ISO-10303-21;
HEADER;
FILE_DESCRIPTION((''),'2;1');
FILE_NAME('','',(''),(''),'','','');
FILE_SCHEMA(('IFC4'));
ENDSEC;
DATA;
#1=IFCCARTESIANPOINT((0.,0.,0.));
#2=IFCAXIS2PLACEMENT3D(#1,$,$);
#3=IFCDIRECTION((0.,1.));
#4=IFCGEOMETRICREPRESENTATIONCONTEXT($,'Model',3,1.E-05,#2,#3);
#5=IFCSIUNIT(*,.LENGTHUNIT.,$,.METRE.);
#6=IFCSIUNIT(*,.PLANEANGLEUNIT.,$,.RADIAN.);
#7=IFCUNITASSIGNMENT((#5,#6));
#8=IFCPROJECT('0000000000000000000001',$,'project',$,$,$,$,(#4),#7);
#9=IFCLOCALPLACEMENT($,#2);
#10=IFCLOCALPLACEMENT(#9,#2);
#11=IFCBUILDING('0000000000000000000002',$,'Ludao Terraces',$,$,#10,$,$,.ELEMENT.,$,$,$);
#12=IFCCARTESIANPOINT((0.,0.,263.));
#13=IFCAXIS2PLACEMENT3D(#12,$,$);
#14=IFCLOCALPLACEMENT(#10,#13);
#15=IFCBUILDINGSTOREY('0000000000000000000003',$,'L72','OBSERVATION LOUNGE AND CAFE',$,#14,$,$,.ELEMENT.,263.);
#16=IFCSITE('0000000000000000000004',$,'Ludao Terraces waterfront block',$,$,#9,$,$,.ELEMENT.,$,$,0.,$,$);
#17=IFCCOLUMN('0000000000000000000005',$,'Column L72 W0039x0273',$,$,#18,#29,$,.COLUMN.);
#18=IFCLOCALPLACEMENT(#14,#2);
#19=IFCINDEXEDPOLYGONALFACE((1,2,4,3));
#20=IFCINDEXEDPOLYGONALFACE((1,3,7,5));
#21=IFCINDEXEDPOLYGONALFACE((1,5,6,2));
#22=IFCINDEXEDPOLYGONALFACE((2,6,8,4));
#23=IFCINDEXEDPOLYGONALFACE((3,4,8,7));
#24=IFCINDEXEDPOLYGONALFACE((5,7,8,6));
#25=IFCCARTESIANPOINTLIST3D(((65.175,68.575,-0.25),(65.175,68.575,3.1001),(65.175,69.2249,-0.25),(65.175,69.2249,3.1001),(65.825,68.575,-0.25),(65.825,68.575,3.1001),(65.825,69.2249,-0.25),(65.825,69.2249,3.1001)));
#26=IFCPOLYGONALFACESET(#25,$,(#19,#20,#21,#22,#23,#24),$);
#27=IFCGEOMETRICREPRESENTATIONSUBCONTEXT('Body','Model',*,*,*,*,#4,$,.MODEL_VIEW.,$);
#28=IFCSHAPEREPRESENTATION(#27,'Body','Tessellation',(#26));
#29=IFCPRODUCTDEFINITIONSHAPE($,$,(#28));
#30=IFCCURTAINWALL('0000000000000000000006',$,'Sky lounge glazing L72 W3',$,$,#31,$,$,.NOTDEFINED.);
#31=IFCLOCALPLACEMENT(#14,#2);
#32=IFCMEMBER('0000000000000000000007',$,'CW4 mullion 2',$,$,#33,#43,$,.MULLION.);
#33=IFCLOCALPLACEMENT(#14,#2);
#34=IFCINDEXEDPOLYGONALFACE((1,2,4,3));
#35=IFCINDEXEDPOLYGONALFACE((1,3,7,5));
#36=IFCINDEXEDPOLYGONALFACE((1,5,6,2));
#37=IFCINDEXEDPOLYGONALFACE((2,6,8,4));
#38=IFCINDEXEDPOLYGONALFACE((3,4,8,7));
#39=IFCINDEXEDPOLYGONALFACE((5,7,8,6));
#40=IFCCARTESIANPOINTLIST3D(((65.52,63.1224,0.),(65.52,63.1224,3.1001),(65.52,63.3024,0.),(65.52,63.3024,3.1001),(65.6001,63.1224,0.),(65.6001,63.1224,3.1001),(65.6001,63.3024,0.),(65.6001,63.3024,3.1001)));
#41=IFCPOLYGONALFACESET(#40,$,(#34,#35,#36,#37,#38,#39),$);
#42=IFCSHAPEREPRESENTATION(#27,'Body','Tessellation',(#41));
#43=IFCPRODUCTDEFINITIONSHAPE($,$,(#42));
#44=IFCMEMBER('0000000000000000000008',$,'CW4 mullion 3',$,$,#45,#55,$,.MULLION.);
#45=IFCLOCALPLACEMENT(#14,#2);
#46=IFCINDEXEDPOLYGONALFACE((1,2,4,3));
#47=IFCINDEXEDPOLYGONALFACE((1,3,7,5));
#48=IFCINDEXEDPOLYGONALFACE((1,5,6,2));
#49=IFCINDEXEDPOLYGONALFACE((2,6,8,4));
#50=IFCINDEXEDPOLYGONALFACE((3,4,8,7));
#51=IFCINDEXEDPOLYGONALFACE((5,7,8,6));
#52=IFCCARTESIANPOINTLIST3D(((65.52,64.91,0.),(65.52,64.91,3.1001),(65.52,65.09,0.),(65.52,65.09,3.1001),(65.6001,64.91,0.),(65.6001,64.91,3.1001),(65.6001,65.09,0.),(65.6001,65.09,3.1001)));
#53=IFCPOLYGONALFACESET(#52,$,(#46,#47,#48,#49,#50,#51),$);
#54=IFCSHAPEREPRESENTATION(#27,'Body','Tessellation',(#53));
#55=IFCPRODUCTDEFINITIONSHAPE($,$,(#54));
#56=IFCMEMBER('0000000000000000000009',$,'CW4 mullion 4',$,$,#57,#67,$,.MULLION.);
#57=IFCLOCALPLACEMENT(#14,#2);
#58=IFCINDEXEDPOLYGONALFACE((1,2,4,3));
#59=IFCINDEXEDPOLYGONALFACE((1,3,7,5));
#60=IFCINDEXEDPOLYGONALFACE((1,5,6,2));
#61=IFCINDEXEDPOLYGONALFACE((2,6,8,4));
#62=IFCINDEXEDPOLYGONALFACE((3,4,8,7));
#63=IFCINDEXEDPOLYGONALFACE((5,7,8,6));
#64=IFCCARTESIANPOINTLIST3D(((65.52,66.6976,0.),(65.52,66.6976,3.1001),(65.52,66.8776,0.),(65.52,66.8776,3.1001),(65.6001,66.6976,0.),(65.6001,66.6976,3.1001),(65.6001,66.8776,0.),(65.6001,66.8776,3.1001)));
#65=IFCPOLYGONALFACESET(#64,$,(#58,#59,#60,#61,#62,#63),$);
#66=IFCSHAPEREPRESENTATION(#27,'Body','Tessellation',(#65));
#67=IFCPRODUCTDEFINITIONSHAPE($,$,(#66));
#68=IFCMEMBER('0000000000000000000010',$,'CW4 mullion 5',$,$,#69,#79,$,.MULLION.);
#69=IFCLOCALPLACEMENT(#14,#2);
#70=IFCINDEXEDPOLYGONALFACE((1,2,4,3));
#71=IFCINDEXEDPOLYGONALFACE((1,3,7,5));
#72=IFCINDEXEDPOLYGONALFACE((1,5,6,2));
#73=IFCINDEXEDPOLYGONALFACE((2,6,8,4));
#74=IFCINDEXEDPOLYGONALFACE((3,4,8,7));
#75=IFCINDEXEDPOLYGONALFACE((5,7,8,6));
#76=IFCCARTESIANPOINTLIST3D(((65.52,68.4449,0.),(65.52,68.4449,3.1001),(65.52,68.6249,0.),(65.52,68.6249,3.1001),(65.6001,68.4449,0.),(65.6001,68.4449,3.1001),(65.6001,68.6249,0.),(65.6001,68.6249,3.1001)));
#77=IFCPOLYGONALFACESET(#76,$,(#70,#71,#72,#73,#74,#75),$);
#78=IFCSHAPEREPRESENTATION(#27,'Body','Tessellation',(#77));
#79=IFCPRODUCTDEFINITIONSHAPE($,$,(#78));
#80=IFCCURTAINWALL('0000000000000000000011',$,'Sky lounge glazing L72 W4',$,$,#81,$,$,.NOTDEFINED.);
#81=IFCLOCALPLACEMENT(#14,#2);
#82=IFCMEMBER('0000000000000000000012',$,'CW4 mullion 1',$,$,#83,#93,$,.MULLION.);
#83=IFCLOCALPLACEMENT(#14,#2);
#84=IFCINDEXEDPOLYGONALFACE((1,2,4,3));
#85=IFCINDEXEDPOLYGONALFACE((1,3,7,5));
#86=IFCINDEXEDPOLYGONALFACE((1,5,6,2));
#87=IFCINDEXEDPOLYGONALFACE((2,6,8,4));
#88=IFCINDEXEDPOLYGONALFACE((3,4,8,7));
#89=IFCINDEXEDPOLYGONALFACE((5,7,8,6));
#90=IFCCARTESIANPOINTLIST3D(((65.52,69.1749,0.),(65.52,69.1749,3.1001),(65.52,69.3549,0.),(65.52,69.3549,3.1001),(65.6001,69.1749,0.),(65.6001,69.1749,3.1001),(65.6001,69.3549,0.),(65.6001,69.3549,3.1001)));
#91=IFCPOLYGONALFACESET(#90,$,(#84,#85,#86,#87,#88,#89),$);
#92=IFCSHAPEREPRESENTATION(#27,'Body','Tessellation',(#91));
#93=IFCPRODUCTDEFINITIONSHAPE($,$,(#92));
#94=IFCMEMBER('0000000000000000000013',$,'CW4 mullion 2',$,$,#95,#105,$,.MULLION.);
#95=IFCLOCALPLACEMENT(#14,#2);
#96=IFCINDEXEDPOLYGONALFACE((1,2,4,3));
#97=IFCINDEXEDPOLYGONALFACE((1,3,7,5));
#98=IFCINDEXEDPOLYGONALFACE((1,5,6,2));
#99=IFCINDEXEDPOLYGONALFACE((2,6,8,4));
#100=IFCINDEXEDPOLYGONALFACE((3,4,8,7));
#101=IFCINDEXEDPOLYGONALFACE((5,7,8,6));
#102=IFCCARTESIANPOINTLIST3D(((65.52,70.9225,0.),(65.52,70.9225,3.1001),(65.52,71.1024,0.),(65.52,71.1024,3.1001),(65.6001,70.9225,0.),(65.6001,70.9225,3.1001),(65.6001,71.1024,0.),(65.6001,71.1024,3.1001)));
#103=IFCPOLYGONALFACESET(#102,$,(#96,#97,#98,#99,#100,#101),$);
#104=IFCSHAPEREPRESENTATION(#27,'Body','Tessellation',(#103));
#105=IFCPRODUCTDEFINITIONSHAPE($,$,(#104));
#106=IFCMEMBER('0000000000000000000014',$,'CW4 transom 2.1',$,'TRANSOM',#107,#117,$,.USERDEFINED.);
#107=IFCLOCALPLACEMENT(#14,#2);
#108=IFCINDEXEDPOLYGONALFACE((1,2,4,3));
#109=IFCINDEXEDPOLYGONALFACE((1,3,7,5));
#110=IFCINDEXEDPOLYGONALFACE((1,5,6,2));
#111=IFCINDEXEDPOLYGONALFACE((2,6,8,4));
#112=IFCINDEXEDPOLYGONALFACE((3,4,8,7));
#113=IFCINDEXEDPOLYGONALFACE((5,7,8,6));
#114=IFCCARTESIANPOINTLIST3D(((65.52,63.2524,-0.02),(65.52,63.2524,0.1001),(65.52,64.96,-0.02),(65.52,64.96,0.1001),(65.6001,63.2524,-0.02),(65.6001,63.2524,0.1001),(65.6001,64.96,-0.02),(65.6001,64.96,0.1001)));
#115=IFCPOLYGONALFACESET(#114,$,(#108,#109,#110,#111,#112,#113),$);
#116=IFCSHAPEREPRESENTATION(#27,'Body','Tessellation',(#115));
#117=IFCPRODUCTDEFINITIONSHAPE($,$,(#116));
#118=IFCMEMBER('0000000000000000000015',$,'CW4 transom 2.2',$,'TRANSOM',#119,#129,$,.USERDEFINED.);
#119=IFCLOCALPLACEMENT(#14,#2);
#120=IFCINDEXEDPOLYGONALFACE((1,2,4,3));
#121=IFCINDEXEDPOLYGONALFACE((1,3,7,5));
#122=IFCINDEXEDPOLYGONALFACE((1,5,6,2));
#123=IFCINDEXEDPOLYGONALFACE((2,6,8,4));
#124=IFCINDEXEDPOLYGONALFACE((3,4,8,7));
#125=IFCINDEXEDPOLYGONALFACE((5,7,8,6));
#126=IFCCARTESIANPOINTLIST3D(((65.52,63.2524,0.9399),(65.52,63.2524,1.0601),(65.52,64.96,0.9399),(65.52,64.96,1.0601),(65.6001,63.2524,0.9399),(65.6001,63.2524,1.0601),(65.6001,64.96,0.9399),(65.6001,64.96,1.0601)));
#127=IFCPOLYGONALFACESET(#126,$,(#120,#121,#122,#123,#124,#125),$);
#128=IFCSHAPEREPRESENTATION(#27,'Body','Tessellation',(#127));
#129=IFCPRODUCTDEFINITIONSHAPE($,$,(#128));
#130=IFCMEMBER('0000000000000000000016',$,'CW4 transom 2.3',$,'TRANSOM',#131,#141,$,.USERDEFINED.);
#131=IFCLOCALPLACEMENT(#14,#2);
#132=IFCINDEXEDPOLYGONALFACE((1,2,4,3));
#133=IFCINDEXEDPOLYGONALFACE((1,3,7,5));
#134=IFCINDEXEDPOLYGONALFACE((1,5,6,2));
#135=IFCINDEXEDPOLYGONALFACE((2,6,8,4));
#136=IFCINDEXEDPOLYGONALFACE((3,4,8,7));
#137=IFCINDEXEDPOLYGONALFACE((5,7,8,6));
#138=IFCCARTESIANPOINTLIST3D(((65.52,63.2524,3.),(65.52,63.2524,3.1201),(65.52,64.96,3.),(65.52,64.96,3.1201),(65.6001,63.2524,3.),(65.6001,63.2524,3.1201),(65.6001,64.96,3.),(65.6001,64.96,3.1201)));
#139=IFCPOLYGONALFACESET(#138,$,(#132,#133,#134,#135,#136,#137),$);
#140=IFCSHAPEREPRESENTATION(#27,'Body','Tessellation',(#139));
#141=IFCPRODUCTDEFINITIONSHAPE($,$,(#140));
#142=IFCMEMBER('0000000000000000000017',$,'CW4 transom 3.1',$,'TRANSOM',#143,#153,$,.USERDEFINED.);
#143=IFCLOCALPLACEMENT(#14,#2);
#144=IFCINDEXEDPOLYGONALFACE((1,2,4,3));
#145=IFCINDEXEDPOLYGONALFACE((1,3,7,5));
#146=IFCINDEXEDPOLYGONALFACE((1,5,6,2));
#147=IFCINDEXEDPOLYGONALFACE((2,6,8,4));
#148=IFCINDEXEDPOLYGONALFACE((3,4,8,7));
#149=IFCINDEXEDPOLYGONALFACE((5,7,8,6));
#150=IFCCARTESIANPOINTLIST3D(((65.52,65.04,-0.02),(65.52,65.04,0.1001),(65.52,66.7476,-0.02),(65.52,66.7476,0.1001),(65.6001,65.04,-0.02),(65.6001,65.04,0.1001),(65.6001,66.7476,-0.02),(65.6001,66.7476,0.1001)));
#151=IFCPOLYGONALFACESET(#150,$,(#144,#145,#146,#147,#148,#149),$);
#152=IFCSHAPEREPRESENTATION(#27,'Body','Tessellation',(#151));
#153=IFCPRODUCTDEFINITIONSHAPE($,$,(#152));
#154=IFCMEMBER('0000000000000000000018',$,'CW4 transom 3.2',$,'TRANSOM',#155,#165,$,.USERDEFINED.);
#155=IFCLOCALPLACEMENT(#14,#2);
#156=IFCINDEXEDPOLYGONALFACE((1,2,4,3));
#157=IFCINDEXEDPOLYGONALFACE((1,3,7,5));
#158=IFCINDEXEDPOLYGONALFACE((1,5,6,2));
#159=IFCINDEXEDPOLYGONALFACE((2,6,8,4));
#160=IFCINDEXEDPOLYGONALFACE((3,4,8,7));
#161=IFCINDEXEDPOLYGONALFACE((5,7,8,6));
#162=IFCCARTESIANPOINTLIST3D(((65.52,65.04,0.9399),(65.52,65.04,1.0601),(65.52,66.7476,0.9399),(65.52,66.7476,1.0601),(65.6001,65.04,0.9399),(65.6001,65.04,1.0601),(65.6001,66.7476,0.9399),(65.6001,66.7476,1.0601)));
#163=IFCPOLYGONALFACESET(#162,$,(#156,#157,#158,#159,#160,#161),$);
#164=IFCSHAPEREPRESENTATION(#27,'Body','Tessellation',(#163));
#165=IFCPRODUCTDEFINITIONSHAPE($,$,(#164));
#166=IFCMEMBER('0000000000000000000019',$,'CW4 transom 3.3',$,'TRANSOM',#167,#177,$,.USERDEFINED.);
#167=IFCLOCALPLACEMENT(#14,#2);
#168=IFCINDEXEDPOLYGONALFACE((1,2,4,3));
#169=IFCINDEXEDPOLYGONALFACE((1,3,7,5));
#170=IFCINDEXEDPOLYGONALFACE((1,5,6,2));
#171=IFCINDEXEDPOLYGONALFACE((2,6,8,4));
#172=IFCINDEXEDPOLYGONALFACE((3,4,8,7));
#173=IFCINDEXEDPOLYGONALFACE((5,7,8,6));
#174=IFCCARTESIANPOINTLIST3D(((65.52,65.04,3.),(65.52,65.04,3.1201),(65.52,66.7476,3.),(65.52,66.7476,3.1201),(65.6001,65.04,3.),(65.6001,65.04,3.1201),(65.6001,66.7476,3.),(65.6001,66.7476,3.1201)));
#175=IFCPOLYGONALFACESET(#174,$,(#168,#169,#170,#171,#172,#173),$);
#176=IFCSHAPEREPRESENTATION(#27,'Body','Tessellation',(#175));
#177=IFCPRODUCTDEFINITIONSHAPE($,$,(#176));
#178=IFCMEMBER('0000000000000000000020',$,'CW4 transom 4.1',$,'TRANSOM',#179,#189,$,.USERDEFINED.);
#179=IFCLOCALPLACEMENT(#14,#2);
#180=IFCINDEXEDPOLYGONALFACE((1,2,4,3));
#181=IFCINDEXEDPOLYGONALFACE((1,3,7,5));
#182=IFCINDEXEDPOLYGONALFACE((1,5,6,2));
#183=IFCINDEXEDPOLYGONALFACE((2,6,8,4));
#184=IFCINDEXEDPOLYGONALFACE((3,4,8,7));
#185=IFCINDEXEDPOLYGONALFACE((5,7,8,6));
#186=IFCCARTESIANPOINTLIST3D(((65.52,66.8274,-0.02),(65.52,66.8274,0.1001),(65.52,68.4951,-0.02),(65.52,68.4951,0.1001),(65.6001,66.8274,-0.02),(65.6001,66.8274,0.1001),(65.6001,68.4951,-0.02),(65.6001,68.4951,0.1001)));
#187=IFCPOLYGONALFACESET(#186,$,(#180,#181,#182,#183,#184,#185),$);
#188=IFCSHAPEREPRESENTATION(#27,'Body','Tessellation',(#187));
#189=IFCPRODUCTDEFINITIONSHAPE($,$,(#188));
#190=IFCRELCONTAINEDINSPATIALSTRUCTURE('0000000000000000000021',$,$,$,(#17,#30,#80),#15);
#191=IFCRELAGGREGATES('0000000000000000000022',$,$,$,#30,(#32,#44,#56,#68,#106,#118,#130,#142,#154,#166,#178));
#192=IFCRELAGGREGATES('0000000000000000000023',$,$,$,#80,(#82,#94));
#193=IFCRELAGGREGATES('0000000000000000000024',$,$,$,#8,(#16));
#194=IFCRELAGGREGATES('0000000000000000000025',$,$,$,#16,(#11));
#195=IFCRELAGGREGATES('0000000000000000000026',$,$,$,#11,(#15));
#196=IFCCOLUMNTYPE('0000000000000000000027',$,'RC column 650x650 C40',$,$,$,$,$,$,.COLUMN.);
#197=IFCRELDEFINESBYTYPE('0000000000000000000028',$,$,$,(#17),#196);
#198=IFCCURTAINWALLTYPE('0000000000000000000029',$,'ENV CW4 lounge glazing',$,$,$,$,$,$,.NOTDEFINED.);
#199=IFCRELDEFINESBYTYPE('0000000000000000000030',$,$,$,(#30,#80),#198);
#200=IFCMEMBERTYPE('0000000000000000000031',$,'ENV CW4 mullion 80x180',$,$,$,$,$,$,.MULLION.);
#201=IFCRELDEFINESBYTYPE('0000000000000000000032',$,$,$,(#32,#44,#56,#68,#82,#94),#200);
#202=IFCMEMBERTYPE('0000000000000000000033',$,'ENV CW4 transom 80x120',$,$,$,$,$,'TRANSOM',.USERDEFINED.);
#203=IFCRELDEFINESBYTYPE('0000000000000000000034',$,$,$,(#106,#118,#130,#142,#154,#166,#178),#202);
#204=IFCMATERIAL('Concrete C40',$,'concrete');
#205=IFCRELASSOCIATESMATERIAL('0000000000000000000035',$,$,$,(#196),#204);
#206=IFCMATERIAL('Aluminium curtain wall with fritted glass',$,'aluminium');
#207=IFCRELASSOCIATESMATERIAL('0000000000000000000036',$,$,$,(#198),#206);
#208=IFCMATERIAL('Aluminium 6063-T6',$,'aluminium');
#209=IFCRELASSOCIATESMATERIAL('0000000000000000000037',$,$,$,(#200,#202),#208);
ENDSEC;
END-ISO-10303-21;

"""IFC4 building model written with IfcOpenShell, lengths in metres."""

from ifc_helpers import new_model, si_unit, direction, frame, origin, origin_2d, place, context, subcontext, project, spatial, rectangle, extrude, material, material_profile, profile_set, type_object, element, aggregate, save


model = new_model("IFC4")

# Units and contexts
model_context = context("Model", 3, precision=1e-05, world=origin(), true_north=direction((0.0, 1.0)))
body_context = subcontext(model_context, "Body", "Model", "MODEL_VIEW")
ifc_project = project(units=[si_unit("LENGTHUNIT", "METRE"), si_unit("PLANEANGLEUNIT", "RADIAN")], contexts=[model_context])

# Site, building, storey
site_placement = place(None, origin())
site = spatial("IfcSite", under=ifc_project, at=site_placement, Name="Ludao Terraces waterfront block", CompositionType="ELEMENT", RefElevation=0.0)
building_placement = place(site_placement, origin())
building = spatial("IfcBuilding", under=site, at=building_placement, Name="Ludao Terraces", CompositionType="ELEMENT")
storey_placement = place(building_placement, frame((0.0, 0.0, 263.0)))
storey = spatial("IfcBuildingStorey", under=building, at=storey_placement, Name="L72", Description="OBSERVATION LOUNGE AND CAFE", CompositionType="ELEMENT", Elevation=263.0)

# Column
ifc_material_1 = material(Name="Concrete C40", Category="concrete")
ifc_material_profile_1 = material_profile(ifc_material_1, rectangle(XDim=0.6499, YDim=0.6499, at=origin_2d()), Name="650 X 650")
ifc_profile_set_1 = profile_set([ifc_material_profile_1], Name="Concrete C40")
column_type = type_object("IfcColumnType", Name="RC column 650x650 C40", PredefinedType="COLUMN", material=ifc_profile_set_1)
column_placement = place(storey_placement, frame((65.5, 68.8999, -0.25), z_axis=(0.0, 0.0, 1.0), x_axis=(1.0, 0.0, 0.0)))
element("IfcColumn", 1, at=column_placement, inside=storey, type_object=column_type, Name="Column L72 W0039x0273", PredefinedType="COLUMN", context=body_context, shape_type="SweptSolid", body=[
    extrude(rectangle(XDim=0.6499, YDim=0.6499, at=origin_2d()), origin(), (0.0, 0.0, 1.0), 3.3501),
])

# Curtain walls, members
ifc_material_2 = material(Name="Aluminium curtain wall with fritted glass", Category="aluminium")
curtain_wall_type = type_object("IfcCurtainWallType", Name="ENV CW4 lounge glazing", PredefinedType="NOTDEFINED", material=ifc_material_2)
curtain_wall_1_placement = place(storey_placement, origin())
curtain_wall_1 = element("IfcCurtainWall", 2, at=curtain_wall_1_placement, inside=storey, type_object=curtain_wall_type, Name="Sky lounge glazing L72 W3", PredefinedType="NOTDEFINED")
ifc_material_3 = material(Name="Aluminium 6063-T6", Category="aluminium")
ifc_material_profile_2 = material_profile(ifc_material_3, rectangle(XDim=0.0801, YDim=0.1799, at=origin_2d()), Name="80 X 180")
ifc_profile_set_2 = profile_set([ifc_material_profile_2], Name="Aluminium 6063-T6")
member_type_1 = type_object("IfcMemberType", Name="ENV CW4 mullion 80x180", PredefinedType="MULLION", material=ifc_profile_set_2)
member_1_placement = place(storey_placement, frame((65.5601, 63.2124, 0.0), z_axis=(0.0, 0.0, 1.0), x_axis=(-1.0, 0.0, 0.0)))
member_1 = element("IfcMember", 3, at=member_1_placement, type_object=member_type_1, Name="CW4 mullion 2", PredefinedType="MULLION", context=body_context, shape_type="SweptSolid", body=[
    extrude(rectangle(XDim=0.0801, YDim=0.1799, at=origin_2d()), origin(), (0.0, 0.0, 1.0), 3.1001),
])
member_2_placement = place(storey_placement, frame((65.5601, 65.0, 0.0), z_axis=(0.0, 0.0, 1.0), x_axis=(-1.0, 0.0, 0.0)))
member_2 = element("IfcMember", 4, at=member_2_placement, type_object=member_type_1, Name="CW4 mullion 3", PredefinedType="MULLION", context=body_context, shape_type="SweptSolid", body=[
    extrude(rectangle(XDim=0.0801, YDim=0.1799, at=origin_2d()), origin(), (0.0, 0.0, 1.0), 3.1001),
])
member_3_placement = place(storey_placement, frame((65.5601, 66.7876, 0.0), z_axis=(0.0, 0.0, 1.0), x_axis=(-1.0, 0.0, 0.0)))
member_3 = element("IfcMember", 5, at=member_3_placement, type_object=member_type_1, Name="CW4 mullion 4", PredefinedType="MULLION", context=body_context, shape_type="SweptSolid", body=[
    extrude(rectangle(XDim=0.0801, YDim=0.1799, at=origin_2d()), origin(), (0.0, 0.0, 1.0), 3.1001),
])
member_4_placement = place(storey_placement, frame((65.5601, 68.5349, 0.0), z_axis=(0.0, 0.0, 1.0), x_axis=(-1.0, 0.0, 0.0)))
member_4 = element("IfcMember", 6, at=member_4_placement, type_object=member_type_1, Name="CW4 mullion 5", PredefinedType="MULLION", context=body_context, shape_type="SweptSolid", body=[
    extrude(rectangle(XDim=0.0801, YDim=0.1799, at=origin_2d()), origin(), (0.0, 0.0, 1.0), 3.1001),
])
curtain_wall_2_placement = place(storey_placement, origin())
curtain_wall_2 = element("IfcCurtainWall", 7, at=curtain_wall_2_placement, inside=storey, type_object=curtain_wall_type, Name="Sky lounge glazing L72 W4", PredefinedType="NOTDEFINED")
member_5_placement = place(storey_placement, frame((65.5601, 69.2649, 0.0), z_axis=(0.0, 0.0, 1.0), x_axis=(-1.0, 0.0, 0.0)))
member_5 = element("IfcMember", 8, at=member_5_placement, type_object=member_type_1, Name="CW4 mullion 1", PredefinedType="MULLION", context=body_context, shape_type="SweptSolid", body=[
    extrude(rectangle(XDim=0.0801, YDim=0.1799, at=origin_2d()), origin(), (0.0, 0.0, 1.0), 3.1001),
])
member_6_placement = place(storey_placement, frame((65.5601, 71.0125, 0.0), z_axis=(0.0, 0.0, 1.0), x_axis=(-1.0, 0.0, 0.0)))
member_6 = element("IfcMember", 9, at=member_6_placement, type_object=member_type_1, Name="CW4 mullion 2", PredefinedType="MULLION", context=body_context, shape_type="SweptSolid", body=[
    extrude(rectangle(XDim=0.0801, YDim=0.1799, at=origin_2d()), origin(), (0.0, 0.0, 1.0), 3.1001),
])

# Members
ifc_material_profile_3 = material_profile(ifc_material_3, rectangle(XDim=0.0801, YDim=0.1201, at=origin_2d()), Name="80 X 120")
ifc_profile_set_3 = profile_set([ifc_material_profile_3], Name="Aluminium 6063-T6")
member_type_2 = type_object("IfcMemberType", Name="ENV CW4 transom 80x120", ElementType="TRANSOM", PredefinedType="USERDEFINED", material=ifc_profile_set_3)
member_7_placement = place(storey_placement, frame((65.5601, 63.2524, 0.04), z_axis=(0.0, 1.0, 0.0), x_axis=(-1.0, 0.0, 0.0)))
member_7 = element("IfcMember", 10, at=member_7_placement, type_object=member_type_2, Name="CW4 transom 2.1", ObjectType="TRANSOM", PredefinedType="USERDEFINED", context=body_context, shape_type="SweptSolid", body=[
    extrude(rectangle(XDim=0.0801, YDim=0.1201, at=origin_2d()), origin(), (0.0, 0.0, 1.0), 1.7075),
])
member_8_placement = place(storey_placement, frame((65.5601, 63.2524, 1.0), z_axis=(0.0, 1.0, 0.0), x_axis=(-1.0, 0.0, 0.0)))
member_8 = element("IfcMember", 11, at=member_8_placement, type_object=member_type_2, Name="CW4 transom 2.2", ObjectType="TRANSOM", PredefinedType="USERDEFINED", context=body_context, shape_type="SweptSolid", body=[
    extrude(rectangle(XDim=0.0801, YDim=0.1201, at=origin_2d()), origin(), (0.0, 0.0, 1.0), 1.7075),
])
member_9_placement = place(storey_placement, frame((65.5601, 63.2524, 3.0601), z_axis=(0.0, 1.0, 0.0), x_axis=(-1.0, 0.0, 0.0)))
member_9 = element("IfcMember", 12, at=member_9_placement, type_object=member_type_2, Name="CW4 transom 2.3", ObjectType="TRANSOM", PredefinedType="USERDEFINED", context=body_context, shape_type="SweptSolid", body=[
    extrude(rectangle(XDim=0.0801, YDim=0.1201, at=origin_2d()), origin(), (0.0, 0.0, 1.0), 1.7075),
])
member_10_placement = place(storey_placement, frame((65.5601, 65.04, 0.04), z_axis=(0.0, 1.0, 0.0), x_axis=(-1.0, 0.0, 0.0)))
member_10 = element("IfcMember", 13, at=member_10_placement, type_object=member_type_2, Name="CW4 transom 3.1", ObjectType="TRANSOM", PredefinedType="USERDEFINED", context=body_context, shape_type="SweptSolid", body=[
    extrude(rectangle(XDim=0.0801, YDim=0.1201, at=origin_2d()), origin(), (0.0, 0.0, 1.0), 1.7075),
])
member_11_placement = place(storey_placement, frame((65.5601, 65.04, 1.0), z_axis=(0.0, 1.0, 0.0), x_axis=(-1.0, 0.0, 0.0)))
member_11 = element("IfcMember", 14, at=member_11_placement, type_object=member_type_2, Name="CW4 transom 3.2", ObjectType="TRANSOM", PredefinedType="USERDEFINED", context=body_context, shape_type="SweptSolid", body=[
    extrude(rectangle(XDim=0.0801, YDim=0.1201, at=origin_2d()), origin(), (0.0, 0.0, 1.0), 1.7075),
])
member_12_placement = place(storey_placement, frame((65.5601, 65.04, 3.0601), z_axis=(0.0, 1.0, 0.0), x_axis=(-1.0, 0.0, 0.0)))
member_12 = element("IfcMember", 15, at=member_12_placement, type_object=member_type_2, Name="CW4 transom 3.3", ObjectType="TRANSOM", PredefinedType="USERDEFINED", context=body_context, shape_type="SweptSolid", body=[
    extrude(rectangle(XDim=0.0801, YDim=0.1201, at=origin_2d()), origin(), (0.0, 0.0, 1.0), 1.7075),
])
member_13_placement = place(storey_placement, frame((65.5601, 66.8274, 0.04), z_axis=(0.0, 1.0, 0.0), x_axis=(-1.0, 0.0, 0.0)))
member_13 = element("IfcMember", 16, at=member_13_placement, type_object=member_type_2, Name="CW4 transom 4.1", ObjectType="TRANSOM", PredefinedType="USERDEFINED", context=body_context, shape_type="SweptSolid", body=[
    extrude(rectangle(XDim=0.0801, YDim=0.1201, at=origin_2d()), origin(), (0.0, 0.0, 1.0), 1.6677),
])

aggregate(curtain_wall_1, [member_1, member_2, member_3, member_4, member_7, member_8, member_9, member_10, member_11, member_12, member_13])
aggregate(curtain_wall_2, [member_5, member_6])

save(model, "model.ifc")
